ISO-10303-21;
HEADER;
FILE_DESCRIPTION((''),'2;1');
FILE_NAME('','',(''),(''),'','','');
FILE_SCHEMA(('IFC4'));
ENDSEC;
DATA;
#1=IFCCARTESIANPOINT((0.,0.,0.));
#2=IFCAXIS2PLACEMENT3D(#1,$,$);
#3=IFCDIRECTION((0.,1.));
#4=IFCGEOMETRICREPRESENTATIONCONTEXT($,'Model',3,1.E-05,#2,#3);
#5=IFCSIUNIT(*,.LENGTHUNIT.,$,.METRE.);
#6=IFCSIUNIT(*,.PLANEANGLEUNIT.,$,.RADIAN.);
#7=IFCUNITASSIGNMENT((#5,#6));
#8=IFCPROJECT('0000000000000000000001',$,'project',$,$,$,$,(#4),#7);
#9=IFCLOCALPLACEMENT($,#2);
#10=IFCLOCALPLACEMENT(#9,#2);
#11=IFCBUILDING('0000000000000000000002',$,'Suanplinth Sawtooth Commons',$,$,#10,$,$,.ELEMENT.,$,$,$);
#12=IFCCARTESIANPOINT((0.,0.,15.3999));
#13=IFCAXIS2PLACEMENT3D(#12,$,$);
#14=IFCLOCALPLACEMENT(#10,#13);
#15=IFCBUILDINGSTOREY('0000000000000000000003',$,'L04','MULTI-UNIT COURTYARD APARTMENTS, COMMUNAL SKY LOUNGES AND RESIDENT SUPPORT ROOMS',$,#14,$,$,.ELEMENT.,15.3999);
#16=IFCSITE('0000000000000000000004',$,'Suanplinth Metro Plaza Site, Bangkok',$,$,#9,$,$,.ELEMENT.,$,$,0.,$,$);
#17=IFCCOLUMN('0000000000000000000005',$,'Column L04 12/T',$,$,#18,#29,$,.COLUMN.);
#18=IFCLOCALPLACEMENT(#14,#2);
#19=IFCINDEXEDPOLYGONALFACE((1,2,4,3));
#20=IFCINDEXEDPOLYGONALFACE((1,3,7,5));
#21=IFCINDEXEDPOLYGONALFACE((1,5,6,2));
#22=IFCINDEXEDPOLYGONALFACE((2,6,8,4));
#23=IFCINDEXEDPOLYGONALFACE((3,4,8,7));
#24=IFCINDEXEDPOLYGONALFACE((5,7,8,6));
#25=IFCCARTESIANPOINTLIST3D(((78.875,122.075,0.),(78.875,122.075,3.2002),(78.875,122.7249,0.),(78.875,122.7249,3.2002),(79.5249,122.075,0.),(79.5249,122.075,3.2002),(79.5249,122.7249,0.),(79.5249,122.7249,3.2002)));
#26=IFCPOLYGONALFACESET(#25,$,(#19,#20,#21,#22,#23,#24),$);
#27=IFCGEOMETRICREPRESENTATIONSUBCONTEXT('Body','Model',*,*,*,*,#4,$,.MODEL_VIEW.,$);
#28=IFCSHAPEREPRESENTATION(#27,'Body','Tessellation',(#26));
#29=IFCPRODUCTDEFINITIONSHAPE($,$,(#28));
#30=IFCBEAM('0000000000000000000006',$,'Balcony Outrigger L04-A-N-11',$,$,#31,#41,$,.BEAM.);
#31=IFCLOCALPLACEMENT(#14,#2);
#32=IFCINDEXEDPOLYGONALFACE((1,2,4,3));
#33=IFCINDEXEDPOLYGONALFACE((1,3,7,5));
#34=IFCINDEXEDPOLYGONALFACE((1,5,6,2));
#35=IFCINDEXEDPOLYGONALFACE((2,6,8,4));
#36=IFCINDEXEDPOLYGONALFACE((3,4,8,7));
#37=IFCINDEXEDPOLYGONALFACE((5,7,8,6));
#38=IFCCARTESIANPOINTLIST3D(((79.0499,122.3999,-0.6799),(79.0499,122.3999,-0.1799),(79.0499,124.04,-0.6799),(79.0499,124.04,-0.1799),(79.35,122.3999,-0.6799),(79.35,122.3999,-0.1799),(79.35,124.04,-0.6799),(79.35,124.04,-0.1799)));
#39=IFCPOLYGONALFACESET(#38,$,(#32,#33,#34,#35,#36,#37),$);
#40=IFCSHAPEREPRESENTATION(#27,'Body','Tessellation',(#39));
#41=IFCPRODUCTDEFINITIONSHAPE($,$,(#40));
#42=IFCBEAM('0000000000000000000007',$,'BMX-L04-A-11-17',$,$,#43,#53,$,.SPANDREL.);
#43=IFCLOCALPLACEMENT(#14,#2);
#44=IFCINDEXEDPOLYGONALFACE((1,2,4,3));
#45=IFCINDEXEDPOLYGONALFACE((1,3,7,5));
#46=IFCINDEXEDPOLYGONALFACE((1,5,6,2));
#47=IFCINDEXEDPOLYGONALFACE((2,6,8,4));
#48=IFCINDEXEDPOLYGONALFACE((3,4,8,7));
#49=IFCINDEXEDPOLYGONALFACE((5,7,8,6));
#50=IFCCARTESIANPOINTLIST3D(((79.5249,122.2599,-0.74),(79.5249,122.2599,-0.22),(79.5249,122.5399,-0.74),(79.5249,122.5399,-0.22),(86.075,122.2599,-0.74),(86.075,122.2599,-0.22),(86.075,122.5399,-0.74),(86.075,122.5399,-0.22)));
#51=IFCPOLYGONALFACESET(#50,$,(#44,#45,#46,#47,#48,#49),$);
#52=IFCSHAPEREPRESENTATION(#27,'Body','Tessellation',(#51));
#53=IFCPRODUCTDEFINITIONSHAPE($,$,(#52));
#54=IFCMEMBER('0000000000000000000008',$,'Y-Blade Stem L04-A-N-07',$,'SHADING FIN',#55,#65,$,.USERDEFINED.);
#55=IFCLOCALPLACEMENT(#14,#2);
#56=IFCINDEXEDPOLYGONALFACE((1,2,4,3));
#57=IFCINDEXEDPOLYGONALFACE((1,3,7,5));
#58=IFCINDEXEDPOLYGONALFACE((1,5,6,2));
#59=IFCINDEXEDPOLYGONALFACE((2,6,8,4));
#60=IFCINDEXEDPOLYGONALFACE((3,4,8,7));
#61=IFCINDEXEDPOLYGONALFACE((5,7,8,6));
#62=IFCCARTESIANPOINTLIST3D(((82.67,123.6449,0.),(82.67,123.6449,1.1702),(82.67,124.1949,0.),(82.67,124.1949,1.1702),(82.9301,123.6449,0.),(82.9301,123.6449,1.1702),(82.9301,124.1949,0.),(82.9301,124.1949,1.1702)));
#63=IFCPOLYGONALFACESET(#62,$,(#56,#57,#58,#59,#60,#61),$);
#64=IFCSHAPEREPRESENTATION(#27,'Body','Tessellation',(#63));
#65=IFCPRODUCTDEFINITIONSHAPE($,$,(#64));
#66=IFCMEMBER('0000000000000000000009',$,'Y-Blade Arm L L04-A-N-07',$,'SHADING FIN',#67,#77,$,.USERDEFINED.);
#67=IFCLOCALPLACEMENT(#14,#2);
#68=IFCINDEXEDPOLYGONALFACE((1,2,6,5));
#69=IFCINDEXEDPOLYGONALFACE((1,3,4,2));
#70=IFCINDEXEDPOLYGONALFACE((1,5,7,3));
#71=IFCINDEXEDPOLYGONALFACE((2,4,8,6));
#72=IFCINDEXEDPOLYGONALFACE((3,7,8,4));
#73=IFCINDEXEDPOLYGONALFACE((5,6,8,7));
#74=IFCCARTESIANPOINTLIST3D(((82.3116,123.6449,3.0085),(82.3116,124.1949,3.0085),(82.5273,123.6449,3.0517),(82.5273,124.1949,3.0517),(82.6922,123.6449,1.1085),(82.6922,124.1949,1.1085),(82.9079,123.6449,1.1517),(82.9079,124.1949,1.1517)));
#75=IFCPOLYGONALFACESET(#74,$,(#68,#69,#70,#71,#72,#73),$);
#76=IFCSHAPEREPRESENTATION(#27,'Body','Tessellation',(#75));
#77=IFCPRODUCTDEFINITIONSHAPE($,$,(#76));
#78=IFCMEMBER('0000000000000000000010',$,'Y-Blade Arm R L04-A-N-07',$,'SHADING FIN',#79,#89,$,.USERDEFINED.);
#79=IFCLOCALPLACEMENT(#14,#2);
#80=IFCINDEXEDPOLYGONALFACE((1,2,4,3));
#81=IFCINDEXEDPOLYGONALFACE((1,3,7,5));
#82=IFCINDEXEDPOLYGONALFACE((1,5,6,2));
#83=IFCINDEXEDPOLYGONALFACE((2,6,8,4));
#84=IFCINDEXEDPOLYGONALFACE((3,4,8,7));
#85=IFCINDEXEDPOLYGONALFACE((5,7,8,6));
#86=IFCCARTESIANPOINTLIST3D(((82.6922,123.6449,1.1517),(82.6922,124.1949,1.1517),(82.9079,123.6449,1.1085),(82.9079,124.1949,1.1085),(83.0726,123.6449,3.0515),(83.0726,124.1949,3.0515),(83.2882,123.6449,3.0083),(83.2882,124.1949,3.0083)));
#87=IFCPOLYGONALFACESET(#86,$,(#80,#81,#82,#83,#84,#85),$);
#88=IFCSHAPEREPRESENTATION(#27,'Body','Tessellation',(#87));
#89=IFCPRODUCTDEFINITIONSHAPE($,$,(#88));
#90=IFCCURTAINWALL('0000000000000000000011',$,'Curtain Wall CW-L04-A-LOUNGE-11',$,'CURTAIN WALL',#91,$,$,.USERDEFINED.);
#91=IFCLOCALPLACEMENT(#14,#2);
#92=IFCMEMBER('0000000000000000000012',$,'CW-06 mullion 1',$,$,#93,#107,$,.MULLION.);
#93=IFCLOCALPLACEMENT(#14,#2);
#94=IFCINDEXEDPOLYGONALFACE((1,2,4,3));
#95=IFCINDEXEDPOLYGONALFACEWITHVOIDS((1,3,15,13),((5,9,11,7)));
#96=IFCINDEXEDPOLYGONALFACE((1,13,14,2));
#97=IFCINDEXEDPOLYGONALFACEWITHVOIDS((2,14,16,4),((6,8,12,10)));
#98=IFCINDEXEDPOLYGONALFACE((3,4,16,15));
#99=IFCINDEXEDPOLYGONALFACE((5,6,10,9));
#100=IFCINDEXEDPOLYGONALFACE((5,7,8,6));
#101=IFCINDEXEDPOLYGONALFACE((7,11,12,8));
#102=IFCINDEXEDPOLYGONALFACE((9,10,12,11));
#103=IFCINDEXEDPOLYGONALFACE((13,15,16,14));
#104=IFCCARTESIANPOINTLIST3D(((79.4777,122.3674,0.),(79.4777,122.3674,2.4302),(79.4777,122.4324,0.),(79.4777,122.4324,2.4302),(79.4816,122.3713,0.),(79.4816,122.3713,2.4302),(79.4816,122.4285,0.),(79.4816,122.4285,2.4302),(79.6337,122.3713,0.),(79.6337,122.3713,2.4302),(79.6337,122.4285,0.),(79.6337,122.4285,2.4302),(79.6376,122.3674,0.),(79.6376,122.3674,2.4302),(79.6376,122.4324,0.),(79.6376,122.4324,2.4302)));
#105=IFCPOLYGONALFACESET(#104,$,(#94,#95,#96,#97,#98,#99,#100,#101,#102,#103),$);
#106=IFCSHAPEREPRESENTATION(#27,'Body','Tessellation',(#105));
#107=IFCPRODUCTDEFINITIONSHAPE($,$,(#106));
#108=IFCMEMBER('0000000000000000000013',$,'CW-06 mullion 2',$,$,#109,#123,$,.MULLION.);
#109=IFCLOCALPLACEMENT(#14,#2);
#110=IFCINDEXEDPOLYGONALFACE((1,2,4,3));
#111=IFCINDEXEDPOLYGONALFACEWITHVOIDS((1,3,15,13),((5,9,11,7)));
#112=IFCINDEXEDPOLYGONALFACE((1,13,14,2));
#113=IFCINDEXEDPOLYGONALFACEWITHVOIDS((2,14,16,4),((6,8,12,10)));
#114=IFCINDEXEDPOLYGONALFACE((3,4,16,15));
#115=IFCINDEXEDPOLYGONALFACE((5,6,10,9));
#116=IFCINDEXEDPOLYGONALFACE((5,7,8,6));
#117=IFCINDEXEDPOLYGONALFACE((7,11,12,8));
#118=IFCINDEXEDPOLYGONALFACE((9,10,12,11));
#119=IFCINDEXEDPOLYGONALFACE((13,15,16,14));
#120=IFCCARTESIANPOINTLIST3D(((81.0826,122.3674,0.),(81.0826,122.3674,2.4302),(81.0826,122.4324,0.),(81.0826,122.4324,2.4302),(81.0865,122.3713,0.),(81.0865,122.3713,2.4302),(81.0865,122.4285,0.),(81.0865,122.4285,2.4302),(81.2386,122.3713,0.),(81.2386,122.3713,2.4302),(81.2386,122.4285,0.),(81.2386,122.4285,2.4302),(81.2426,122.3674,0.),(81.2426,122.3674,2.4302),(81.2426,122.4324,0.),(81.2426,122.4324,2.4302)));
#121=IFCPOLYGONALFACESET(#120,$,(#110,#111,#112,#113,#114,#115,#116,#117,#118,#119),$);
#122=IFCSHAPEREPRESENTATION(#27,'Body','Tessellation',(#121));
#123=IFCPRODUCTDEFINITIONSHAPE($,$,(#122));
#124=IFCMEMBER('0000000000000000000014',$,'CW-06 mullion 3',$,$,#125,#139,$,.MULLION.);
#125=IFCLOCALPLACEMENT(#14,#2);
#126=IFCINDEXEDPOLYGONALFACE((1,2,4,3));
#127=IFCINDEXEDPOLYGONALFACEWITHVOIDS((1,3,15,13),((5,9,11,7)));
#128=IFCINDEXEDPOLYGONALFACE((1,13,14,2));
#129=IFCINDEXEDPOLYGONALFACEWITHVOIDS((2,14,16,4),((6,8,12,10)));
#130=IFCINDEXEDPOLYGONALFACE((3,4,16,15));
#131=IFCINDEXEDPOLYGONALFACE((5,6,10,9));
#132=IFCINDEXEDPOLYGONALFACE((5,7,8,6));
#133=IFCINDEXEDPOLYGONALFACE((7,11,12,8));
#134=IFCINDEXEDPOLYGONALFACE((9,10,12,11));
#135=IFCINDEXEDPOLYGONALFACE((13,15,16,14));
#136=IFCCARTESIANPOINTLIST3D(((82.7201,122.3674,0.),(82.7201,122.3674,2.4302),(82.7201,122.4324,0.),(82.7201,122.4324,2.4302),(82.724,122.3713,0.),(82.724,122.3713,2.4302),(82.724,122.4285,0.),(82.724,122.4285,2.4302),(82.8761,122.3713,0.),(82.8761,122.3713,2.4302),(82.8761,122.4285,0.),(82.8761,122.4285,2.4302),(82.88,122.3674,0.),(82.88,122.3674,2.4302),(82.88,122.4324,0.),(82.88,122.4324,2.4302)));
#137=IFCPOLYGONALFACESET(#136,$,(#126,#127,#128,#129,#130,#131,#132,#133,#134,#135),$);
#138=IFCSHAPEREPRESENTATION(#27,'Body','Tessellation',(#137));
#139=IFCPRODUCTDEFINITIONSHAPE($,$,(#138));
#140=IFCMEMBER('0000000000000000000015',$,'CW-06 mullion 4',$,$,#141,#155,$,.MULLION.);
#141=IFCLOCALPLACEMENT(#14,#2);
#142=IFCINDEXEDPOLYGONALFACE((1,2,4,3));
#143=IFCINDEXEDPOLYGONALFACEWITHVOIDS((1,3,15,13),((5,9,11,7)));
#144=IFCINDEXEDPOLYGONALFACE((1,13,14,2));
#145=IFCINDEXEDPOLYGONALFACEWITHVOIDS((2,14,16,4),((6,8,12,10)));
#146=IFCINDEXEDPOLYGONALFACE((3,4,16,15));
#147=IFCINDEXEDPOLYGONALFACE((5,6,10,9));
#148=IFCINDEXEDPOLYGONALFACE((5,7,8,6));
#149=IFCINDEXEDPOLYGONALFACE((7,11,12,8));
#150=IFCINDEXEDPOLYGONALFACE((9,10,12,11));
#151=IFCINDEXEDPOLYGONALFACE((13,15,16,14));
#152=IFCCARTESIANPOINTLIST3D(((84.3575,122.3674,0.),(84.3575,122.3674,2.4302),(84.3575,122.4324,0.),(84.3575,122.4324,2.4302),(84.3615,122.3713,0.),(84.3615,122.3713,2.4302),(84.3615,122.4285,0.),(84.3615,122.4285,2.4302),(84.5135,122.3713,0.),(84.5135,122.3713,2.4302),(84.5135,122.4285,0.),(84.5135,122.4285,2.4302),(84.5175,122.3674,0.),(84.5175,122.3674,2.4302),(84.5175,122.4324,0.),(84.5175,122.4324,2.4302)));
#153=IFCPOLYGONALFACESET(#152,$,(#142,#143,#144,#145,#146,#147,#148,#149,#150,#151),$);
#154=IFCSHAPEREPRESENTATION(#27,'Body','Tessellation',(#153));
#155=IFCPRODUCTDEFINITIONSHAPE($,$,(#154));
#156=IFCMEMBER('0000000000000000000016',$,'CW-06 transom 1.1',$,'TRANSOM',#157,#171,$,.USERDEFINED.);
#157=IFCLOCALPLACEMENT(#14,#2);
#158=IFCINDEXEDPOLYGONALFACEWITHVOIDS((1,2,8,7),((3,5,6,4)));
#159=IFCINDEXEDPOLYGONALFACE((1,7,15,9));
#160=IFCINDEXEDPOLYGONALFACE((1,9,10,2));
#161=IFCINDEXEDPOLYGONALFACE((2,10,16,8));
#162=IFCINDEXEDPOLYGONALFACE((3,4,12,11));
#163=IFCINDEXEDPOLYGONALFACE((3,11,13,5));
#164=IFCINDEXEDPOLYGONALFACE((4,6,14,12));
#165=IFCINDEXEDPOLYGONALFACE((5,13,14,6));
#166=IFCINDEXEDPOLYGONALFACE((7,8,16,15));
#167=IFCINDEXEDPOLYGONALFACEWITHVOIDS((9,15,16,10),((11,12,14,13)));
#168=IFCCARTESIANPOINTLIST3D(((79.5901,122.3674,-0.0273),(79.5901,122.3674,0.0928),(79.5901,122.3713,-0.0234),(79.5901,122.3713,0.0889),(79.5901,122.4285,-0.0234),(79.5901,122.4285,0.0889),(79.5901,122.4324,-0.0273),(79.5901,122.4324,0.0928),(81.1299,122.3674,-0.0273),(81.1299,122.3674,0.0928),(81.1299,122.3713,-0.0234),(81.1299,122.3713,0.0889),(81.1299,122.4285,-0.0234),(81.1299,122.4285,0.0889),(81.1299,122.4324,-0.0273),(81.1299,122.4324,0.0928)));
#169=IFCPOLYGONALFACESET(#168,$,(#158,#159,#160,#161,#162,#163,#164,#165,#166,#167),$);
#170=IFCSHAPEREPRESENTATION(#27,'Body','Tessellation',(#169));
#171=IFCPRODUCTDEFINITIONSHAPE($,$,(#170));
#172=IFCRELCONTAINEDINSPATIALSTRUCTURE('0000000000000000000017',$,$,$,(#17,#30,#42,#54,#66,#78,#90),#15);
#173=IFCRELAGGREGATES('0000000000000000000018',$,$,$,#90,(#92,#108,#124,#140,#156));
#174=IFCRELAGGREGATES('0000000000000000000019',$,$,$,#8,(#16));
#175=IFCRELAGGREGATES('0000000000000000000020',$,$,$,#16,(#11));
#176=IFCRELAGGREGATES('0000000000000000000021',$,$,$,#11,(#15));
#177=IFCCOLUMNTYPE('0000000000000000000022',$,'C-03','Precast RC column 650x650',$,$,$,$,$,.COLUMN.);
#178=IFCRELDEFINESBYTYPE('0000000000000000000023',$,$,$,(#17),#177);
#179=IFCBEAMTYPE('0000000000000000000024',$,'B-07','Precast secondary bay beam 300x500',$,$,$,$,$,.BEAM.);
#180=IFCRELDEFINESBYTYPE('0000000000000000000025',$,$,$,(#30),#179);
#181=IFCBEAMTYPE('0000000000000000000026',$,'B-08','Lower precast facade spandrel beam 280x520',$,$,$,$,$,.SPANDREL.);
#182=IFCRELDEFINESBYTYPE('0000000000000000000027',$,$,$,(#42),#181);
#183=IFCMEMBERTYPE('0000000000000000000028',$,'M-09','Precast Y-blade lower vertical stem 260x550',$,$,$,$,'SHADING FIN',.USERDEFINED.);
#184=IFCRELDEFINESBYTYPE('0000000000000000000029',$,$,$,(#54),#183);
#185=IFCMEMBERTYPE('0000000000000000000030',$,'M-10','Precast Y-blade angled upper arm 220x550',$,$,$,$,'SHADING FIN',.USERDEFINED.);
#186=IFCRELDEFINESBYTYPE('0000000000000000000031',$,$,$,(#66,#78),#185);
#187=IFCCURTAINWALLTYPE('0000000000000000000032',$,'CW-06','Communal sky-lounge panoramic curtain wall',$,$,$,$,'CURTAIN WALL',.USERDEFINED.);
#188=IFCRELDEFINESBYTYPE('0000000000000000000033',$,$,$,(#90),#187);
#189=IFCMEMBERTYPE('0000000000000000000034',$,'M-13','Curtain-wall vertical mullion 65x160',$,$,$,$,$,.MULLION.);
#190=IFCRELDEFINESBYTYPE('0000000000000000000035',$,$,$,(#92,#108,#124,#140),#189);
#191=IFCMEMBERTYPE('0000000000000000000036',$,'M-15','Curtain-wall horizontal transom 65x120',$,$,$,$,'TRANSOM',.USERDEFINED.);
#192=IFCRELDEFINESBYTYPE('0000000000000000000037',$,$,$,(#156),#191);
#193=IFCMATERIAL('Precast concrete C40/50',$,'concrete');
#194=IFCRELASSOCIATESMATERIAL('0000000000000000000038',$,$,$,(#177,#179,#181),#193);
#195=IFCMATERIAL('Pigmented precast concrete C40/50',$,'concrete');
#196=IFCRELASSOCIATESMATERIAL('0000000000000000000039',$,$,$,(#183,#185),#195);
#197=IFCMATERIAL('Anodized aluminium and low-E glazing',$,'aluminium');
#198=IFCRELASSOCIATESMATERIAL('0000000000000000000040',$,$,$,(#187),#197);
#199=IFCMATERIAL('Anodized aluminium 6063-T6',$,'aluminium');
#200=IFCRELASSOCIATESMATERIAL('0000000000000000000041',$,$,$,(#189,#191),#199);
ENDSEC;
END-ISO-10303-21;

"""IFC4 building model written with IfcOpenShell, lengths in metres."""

from ifc_helpers import new_model, si_unit, direction, frame, origin, origin_2d, place, context, subcontext, project, spatial, rectangle, hollow_rectangle, extrude, material, material_profile, profile_set, type_object, element, aggregate, save


model = new_model("IFC4")

# Units and contexts
model_context = context("Model", 3, precision=1e-05, world=origin(), true_north=direction((0.0, 1.0)))
body_context = subcontext(model_context, "Body", "Model", "MODEL_VIEW")
ifc_project = project(units=[si_unit("LENGTHUNIT", "METRE"), si_unit("PLANEANGLEUNIT", "RADIAN")], contexts=[model_context])

# Site, building, storey
site_placement = place(None, origin())
site = spatial("IfcSite", under=ifc_project, at=site_placement, Name="Suanplinth Metro Plaza Site, Bangkok", CompositionType="ELEMENT", RefElevation=0.0)
building_placement = place(site_placement, origin())
building = spatial("IfcBuilding", under=site, at=building_placement, Name="Suanplinth Sawtooth Commons", CompositionType="ELEMENT")
storey_placement = place(building_placement, frame((0.0, 0.0, 15.3999)))
storey = spatial("IfcBuildingStorey", under=building, at=storey_placement, Name="L04", Description="MULTI-UNIT COURTYARD APARTMENTS, COMMUNAL SKY LOUNGES AND RESIDENT SUPPORT ROOMS", CompositionType="ELEMENT", Elevation=15.3999)

# Column
ifc_material_1 = material(Name="Precast concrete C40/50", Category="concrete")
ifc_material_profile_1 = material_profile(ifc_material_1, rectangle(XDim=0.6499, YDim=0.6499, at=origin_2d()), Name="PC-COL 650x650")
ifc_profile_set_1 = profile_set([ifc_material_profile_1], Name="Precast concrete C40/50")
column_type = type_object("IfcColumnType", Name="C-03", Description="Precast RC column 650x650", PredefinedType="COLUMN", material=ifc_profile_set_1)
column_placement = place(storey_placement, frame((79.2, 122.3999, 0.0), z_axis=(0.0, 0.0, 1.0), x_axis=(1.0, 0.0, 0.0)))
element("IfcColumn", 1, at=column_placement, inside=storey, type_object=column_type, Name="Column L04 12/T", PredefinedType="COLUMN", context=body_context, shape_type="SweptSolid", body=[
    extrude(rectangle(XDim=0.6499, YDim=0.6499, at=origin_2d()), origin(), (0.0, 0.0, 1.0), 3.2002),
])

# Beams
ifc_material_profile_2 = material_profile(ifc_material_1, rectangle(XDim=0.3, YDim=0.5, at=origin_2d()), Name="PC-BM 300x500")
ifc_profile_set_2 = profile_set([ifc_material_profile_2], Name="Precast concrete C40/50")
beam_type_1 = type_object("IfcBeamType", Name="B-07", Description="Precast secondary bay beam 300x500", PredefinedType="BEAM", material=ifc_profile_set_2)
beam_1_placement = place(storey_placement, frame((79.2, 122.3999, -0.4299), z_axis=(0.0, 1.0, 0.0), x_axis=(-1.0, 0.0, 0.0)))
element("IfcBeam", 2, at=beam_1_placement, inside=storey, type_object=beam_type_1, Name="Balcony Outrigger L04-A-N-11", PredefinedType="BEAM", context=body_context, shape_type="SweptSolid", body=[
    extrude(rectangle(XDim=0.3, YDim=0.5, at=origin_2d()), origin(), (0.0, 0.0, 1.0), 1.6401),
])
ifc_material_profile_3 = material_profile(ifc_material_1, rectangle(XDim=0.28, YDim=0.52, at=origin_2d()), Name="PC-SP 280x520")
ifc_profile_set_3 = profile_set([ifc_material_profile_3], Name="Precast concrete C40/50")
beam_type_2 = type_object("IfcBeamType", Name="B-08", Description="Lower precast facade spandrel beam 280x520", PredefinedType="SPANDREL", material=ifc_profile_set_3)
beam_2_placement = place(storey_placement, frame((79.5249, 122.3999, -0.48), z_axis=(1.0, 0.0, 0.0), x_axis=(0.0, 1.0, 0.0)))
element("IfcBeam", 3, at=beam_2_placement, inside=storey, type_object=beam_type_2, Name="BMX-L04-A-11-17", PredefinedType="SPANDREL", context=body_context, shape_type="SweptSolid", body=[
    extrude(rectangle(XDim=0.28, YDim=0.52, at=origin_2d()), origin(), (0.0, 0.0, 1.0), 6.55),
])

# Members
ifc_material_2 = material(Name="Pigmented precast concrete C40/50", Category="concrete")
ifc_material_profile_4 = material_profile(ifc_material_2, rectangle(XDim=0.26, YDim=0.55, at=origin_2d()), Name="PC-FIN 260x550")
ifc_profile_set_4 = profile_set([ifc_material_profile_4], Name="Pigmented precast concrete C40/50")
member_type_1 = type_object("IfcMemberType", Name="M-09", Description="Precast Y-blade lower vertical stem 260x550", ElementType="SHADING FIN", PredefinedType="USERDEFINED", material=ifc_profile_set_4)
member_1_placement = place(storey_placement, frame((82.8, 123.9199, 0.0), z_axis=(0.0, 0.0, 1.0), x_axis=(1.0, 0.0, 0.0)))
element("IfcMember", 4, at=member_1_placement, inside=storey, type_object=member_type_1, Name="Y-Blade Stem L04-A-N-07", ObjectType="SHADING FIN", PredefinedType="USERDEFINED", context=body_context, shape_type="SweptSolid", body=[
    extrude(rectangle(XDim=0.26, YDim=0.55, at=origin_2d()), origin(), (0.0, 0.0, 1.0), 1.1702),
])
ifc_material_profile_5 = material_profile(ifc_material_2, rectangle(XDim=0.22, YDim=0.55, at=origin_2d()), Name="PC-FIN 220x550")
ifc_profile_set_5 = profile_set([ifc_material_profile_5], Name="Pigmented precast concrete C40/50")
member_type_2 = type_object("IfcMemberType", Name="M-10", Description="Precast Y-blade angled upper arm 220x550", ElementType="SHADING FIN", PredefinedType="USERDEFINED", material=ifc_profile_set_5)
member_2_placement = place(storey_placement, frame((82.8, 123.9199, 1.1301), z_axis=(-0.196431, 0.0, 0.980518), x_axis=(0.980518, 0.0, 0.196431)))
element("IfcMember", 5, at=member_2_placement, inside=storey, type_object=member_type_2, Name="Y-Blade Arm L L04-A-N-07", ObjectType="SHADING FIN", PredefinedType="USERDEFINED", context=body_context, shape_type="SweptSolid", body=[
    extrude(rectangle(XDim=0.22, YDim=0.55, at=origin_2d()), origin(), (0.0, 0.0, 1.0), 1.9377),
])
member_3_placement = place(storey_placement, frame((82.8, 123.9199, 1.1301), z_axis=(0.19631, 0.0, 0.980542), x_axis=(-0.980542, 0.0, 0.19631)))
element("IfcMember", 6, at=member_3_placement, inside=storey, type_object=member_type_2, Name="Y-Blade Arm R L04-A-N-07", ObjectType="SHADING FIN", PredefinedType="USERDEFINED", context=body_context, shape_type="SweptSolid", body=[
    extrude(rectangle(XDim=0.22, YDim=0.55, at=origin_2d()), origin(), (0.0, 0.0, 1.0), 1.9375),
])

# Curtain wall, members
ifc_material_3 = material(Name="Anodized aluminium and low-E glazing", Category="aluminium")
curtain_wall_type = type_object("IfcCurtainWallType", Name="CW-06", Description="Communal sky-lounge panoramic curtain wall", ElementType="CURTAIN WALL", PredefinedType="USERDEFINED", material=ifc_material_3)
curtain_wall_placement = place(storey_placement, origin())
curtain_wall = element("IfcCurtainWall", 7, at=curtain_wall_placement, inside=storey, type_object=curtain_wall_type, Name="Curtain Wall CW-L04-A-LOUNGE-11", ObjectType="CURTAIN WALL", PredefinedType="USERDEFINED")
ifc_material_4 = material(Name="Anodized aluminium 6063-T6", Category="aluminium")
ifc_material_profile_6 = material_profile(ifc_material_4, hollow_rectangle(XDim=0.0649, YDim=0.1599, WallThickness=0.0039, at=origin_2d()), Name="ALU-MUL 65x160")
ifc_profile_set_6 = profile_set([ifc_material_profile_6], Name="Anodized aluminium 6063-T6")
member_type_3 = type_object("IfcMemberType", Name="M-13", Description="Curtain-wall vertical mullion 65x160", PredefinedType="MULLION", material=ifc_profile_set_6)
member_4_placement = place(storey_placement, frame((79.5576, 122.3999, 0.0), z_axis=(0.0, 0.0, 1.0), x_axis=(0.0, 1.0, 0.0)))
member_4 = element("IfcMember", 8, at=member_4_placement, type_object=member_type_3, Name="CW-06 mullion 1", PredefinedType="MULLION", context=body_context, shape_type="SweptSolid", body=[
    extrude(hollow_rectangle(XDim=0.0649, YDim=0.1599, WallThickness=0.0039, at=origin_2d()), origin(), (0.0, 0.0, 1.0), 2.4302),
])
member_5_placement = place(storey_placement, frame((81.1626, 122.3999, 0.0), z_axis=(0.0, 0.0, 1.0), x_axis=(0.0, 1.0, 0.0)))
member_5 = element("IfcMember", 9, at=member_5_placement, type_object=member_type_3, Name="CW-06 mullion 2", PredefinedType="MULLION", context=body_context, shape_type="SweptSolid", body=[
    extrude(hollow_rectangle(XDim=0.0649, YDim=0.1599, WallThickness=0.0039, at=origin_2d()), origin(), (0.0, 0.0, 1.0), 2.4302),
])
member_6_placement = place(storey_placement, frame((82.8, 122.3999, 0.0), z_axis=(0.0, 0.0, 1.0), x_axis=(0.0, 1.0, 0.0)))
member_6 = element("IfcMember", 10, at=member_6_placement, type_object=member_type_3, Name="CW-06 mullion 3", PredefinedType="MULLION", context=body_context, shape_type="SweptSolid", body=[
    extrude(hollow_rectangle(XDim=0.0649, YDim=0.1599, WallThickness=0.0039, at=origin_2d()), origin(), (0.0, 0.0, 1.0), 2.4302),
])
member_7_placement = place(storey_placement, frame((84.4375, 122.3999, 0.0), z_axis=(0.0, 0.0, 1.0), x_axis=(0.0, 1.0, 0.0)))
member_7 = element("IfcMember", 11, at=member_7_placement, type_object=member_type_3, Name="CW-06 mullion 4", PredefinedType="MULLION", context=body_context, shape_type="SweptSolid", body=[
    extrude(hollow_rectangle(XDim=0.0649, YDim=0.1599, WallThickness=0.0039, at=origin_2d()), origin(), (0.0, 0.0, 1.0), 2.4302),
])
ifc_material_profile_7 = material_profile(ifc_material_4, hollow_rectangle(XDim=0.0649, YDim=0.1201, WallThickness=0.0039, at=origin_2d()), Name="ALU-TRN 65x120")
ifc_profile_set_7 = profile_set([ifc_material_profile_7], Name="Anodized aluminium 6063-T6")
member_type_4 = type_object("IfcMemberType", Name="M-15", Description="Curtain-wall horizontal transom 65x120", ElementType="TRANSOM", PredefinedType="USERDEFINED", material=ifc_profile_set_7)
member_8_placement = place(storey_placement, frame((79.5901, 122.3999, 0.0327), z_axis=(1.0, 0.0, 0.0), x_axis=(0.0, 1.0, 0.0)))
member_8 = element("IfcMember", 12, at=member_8_placement, type_object=member_type_4, Name="CW-06 transom 1.1", ObjectType="TRANSOM", PredefinedType="USERDEFINED", context=body_context, shape_type="SweptSolid", body=[
    extrude(hollow_rectangle(XDim=0.0649, YDim=0.1201, WallThickness=0.0039, at=origin_2d()), origin(), (0.0, 0.0, 1.0), 1.5398),
])

aggregate(curtain_wall, [member_4, member_5, member_6, member_7, member_8])

save(model, "model.ifc")
